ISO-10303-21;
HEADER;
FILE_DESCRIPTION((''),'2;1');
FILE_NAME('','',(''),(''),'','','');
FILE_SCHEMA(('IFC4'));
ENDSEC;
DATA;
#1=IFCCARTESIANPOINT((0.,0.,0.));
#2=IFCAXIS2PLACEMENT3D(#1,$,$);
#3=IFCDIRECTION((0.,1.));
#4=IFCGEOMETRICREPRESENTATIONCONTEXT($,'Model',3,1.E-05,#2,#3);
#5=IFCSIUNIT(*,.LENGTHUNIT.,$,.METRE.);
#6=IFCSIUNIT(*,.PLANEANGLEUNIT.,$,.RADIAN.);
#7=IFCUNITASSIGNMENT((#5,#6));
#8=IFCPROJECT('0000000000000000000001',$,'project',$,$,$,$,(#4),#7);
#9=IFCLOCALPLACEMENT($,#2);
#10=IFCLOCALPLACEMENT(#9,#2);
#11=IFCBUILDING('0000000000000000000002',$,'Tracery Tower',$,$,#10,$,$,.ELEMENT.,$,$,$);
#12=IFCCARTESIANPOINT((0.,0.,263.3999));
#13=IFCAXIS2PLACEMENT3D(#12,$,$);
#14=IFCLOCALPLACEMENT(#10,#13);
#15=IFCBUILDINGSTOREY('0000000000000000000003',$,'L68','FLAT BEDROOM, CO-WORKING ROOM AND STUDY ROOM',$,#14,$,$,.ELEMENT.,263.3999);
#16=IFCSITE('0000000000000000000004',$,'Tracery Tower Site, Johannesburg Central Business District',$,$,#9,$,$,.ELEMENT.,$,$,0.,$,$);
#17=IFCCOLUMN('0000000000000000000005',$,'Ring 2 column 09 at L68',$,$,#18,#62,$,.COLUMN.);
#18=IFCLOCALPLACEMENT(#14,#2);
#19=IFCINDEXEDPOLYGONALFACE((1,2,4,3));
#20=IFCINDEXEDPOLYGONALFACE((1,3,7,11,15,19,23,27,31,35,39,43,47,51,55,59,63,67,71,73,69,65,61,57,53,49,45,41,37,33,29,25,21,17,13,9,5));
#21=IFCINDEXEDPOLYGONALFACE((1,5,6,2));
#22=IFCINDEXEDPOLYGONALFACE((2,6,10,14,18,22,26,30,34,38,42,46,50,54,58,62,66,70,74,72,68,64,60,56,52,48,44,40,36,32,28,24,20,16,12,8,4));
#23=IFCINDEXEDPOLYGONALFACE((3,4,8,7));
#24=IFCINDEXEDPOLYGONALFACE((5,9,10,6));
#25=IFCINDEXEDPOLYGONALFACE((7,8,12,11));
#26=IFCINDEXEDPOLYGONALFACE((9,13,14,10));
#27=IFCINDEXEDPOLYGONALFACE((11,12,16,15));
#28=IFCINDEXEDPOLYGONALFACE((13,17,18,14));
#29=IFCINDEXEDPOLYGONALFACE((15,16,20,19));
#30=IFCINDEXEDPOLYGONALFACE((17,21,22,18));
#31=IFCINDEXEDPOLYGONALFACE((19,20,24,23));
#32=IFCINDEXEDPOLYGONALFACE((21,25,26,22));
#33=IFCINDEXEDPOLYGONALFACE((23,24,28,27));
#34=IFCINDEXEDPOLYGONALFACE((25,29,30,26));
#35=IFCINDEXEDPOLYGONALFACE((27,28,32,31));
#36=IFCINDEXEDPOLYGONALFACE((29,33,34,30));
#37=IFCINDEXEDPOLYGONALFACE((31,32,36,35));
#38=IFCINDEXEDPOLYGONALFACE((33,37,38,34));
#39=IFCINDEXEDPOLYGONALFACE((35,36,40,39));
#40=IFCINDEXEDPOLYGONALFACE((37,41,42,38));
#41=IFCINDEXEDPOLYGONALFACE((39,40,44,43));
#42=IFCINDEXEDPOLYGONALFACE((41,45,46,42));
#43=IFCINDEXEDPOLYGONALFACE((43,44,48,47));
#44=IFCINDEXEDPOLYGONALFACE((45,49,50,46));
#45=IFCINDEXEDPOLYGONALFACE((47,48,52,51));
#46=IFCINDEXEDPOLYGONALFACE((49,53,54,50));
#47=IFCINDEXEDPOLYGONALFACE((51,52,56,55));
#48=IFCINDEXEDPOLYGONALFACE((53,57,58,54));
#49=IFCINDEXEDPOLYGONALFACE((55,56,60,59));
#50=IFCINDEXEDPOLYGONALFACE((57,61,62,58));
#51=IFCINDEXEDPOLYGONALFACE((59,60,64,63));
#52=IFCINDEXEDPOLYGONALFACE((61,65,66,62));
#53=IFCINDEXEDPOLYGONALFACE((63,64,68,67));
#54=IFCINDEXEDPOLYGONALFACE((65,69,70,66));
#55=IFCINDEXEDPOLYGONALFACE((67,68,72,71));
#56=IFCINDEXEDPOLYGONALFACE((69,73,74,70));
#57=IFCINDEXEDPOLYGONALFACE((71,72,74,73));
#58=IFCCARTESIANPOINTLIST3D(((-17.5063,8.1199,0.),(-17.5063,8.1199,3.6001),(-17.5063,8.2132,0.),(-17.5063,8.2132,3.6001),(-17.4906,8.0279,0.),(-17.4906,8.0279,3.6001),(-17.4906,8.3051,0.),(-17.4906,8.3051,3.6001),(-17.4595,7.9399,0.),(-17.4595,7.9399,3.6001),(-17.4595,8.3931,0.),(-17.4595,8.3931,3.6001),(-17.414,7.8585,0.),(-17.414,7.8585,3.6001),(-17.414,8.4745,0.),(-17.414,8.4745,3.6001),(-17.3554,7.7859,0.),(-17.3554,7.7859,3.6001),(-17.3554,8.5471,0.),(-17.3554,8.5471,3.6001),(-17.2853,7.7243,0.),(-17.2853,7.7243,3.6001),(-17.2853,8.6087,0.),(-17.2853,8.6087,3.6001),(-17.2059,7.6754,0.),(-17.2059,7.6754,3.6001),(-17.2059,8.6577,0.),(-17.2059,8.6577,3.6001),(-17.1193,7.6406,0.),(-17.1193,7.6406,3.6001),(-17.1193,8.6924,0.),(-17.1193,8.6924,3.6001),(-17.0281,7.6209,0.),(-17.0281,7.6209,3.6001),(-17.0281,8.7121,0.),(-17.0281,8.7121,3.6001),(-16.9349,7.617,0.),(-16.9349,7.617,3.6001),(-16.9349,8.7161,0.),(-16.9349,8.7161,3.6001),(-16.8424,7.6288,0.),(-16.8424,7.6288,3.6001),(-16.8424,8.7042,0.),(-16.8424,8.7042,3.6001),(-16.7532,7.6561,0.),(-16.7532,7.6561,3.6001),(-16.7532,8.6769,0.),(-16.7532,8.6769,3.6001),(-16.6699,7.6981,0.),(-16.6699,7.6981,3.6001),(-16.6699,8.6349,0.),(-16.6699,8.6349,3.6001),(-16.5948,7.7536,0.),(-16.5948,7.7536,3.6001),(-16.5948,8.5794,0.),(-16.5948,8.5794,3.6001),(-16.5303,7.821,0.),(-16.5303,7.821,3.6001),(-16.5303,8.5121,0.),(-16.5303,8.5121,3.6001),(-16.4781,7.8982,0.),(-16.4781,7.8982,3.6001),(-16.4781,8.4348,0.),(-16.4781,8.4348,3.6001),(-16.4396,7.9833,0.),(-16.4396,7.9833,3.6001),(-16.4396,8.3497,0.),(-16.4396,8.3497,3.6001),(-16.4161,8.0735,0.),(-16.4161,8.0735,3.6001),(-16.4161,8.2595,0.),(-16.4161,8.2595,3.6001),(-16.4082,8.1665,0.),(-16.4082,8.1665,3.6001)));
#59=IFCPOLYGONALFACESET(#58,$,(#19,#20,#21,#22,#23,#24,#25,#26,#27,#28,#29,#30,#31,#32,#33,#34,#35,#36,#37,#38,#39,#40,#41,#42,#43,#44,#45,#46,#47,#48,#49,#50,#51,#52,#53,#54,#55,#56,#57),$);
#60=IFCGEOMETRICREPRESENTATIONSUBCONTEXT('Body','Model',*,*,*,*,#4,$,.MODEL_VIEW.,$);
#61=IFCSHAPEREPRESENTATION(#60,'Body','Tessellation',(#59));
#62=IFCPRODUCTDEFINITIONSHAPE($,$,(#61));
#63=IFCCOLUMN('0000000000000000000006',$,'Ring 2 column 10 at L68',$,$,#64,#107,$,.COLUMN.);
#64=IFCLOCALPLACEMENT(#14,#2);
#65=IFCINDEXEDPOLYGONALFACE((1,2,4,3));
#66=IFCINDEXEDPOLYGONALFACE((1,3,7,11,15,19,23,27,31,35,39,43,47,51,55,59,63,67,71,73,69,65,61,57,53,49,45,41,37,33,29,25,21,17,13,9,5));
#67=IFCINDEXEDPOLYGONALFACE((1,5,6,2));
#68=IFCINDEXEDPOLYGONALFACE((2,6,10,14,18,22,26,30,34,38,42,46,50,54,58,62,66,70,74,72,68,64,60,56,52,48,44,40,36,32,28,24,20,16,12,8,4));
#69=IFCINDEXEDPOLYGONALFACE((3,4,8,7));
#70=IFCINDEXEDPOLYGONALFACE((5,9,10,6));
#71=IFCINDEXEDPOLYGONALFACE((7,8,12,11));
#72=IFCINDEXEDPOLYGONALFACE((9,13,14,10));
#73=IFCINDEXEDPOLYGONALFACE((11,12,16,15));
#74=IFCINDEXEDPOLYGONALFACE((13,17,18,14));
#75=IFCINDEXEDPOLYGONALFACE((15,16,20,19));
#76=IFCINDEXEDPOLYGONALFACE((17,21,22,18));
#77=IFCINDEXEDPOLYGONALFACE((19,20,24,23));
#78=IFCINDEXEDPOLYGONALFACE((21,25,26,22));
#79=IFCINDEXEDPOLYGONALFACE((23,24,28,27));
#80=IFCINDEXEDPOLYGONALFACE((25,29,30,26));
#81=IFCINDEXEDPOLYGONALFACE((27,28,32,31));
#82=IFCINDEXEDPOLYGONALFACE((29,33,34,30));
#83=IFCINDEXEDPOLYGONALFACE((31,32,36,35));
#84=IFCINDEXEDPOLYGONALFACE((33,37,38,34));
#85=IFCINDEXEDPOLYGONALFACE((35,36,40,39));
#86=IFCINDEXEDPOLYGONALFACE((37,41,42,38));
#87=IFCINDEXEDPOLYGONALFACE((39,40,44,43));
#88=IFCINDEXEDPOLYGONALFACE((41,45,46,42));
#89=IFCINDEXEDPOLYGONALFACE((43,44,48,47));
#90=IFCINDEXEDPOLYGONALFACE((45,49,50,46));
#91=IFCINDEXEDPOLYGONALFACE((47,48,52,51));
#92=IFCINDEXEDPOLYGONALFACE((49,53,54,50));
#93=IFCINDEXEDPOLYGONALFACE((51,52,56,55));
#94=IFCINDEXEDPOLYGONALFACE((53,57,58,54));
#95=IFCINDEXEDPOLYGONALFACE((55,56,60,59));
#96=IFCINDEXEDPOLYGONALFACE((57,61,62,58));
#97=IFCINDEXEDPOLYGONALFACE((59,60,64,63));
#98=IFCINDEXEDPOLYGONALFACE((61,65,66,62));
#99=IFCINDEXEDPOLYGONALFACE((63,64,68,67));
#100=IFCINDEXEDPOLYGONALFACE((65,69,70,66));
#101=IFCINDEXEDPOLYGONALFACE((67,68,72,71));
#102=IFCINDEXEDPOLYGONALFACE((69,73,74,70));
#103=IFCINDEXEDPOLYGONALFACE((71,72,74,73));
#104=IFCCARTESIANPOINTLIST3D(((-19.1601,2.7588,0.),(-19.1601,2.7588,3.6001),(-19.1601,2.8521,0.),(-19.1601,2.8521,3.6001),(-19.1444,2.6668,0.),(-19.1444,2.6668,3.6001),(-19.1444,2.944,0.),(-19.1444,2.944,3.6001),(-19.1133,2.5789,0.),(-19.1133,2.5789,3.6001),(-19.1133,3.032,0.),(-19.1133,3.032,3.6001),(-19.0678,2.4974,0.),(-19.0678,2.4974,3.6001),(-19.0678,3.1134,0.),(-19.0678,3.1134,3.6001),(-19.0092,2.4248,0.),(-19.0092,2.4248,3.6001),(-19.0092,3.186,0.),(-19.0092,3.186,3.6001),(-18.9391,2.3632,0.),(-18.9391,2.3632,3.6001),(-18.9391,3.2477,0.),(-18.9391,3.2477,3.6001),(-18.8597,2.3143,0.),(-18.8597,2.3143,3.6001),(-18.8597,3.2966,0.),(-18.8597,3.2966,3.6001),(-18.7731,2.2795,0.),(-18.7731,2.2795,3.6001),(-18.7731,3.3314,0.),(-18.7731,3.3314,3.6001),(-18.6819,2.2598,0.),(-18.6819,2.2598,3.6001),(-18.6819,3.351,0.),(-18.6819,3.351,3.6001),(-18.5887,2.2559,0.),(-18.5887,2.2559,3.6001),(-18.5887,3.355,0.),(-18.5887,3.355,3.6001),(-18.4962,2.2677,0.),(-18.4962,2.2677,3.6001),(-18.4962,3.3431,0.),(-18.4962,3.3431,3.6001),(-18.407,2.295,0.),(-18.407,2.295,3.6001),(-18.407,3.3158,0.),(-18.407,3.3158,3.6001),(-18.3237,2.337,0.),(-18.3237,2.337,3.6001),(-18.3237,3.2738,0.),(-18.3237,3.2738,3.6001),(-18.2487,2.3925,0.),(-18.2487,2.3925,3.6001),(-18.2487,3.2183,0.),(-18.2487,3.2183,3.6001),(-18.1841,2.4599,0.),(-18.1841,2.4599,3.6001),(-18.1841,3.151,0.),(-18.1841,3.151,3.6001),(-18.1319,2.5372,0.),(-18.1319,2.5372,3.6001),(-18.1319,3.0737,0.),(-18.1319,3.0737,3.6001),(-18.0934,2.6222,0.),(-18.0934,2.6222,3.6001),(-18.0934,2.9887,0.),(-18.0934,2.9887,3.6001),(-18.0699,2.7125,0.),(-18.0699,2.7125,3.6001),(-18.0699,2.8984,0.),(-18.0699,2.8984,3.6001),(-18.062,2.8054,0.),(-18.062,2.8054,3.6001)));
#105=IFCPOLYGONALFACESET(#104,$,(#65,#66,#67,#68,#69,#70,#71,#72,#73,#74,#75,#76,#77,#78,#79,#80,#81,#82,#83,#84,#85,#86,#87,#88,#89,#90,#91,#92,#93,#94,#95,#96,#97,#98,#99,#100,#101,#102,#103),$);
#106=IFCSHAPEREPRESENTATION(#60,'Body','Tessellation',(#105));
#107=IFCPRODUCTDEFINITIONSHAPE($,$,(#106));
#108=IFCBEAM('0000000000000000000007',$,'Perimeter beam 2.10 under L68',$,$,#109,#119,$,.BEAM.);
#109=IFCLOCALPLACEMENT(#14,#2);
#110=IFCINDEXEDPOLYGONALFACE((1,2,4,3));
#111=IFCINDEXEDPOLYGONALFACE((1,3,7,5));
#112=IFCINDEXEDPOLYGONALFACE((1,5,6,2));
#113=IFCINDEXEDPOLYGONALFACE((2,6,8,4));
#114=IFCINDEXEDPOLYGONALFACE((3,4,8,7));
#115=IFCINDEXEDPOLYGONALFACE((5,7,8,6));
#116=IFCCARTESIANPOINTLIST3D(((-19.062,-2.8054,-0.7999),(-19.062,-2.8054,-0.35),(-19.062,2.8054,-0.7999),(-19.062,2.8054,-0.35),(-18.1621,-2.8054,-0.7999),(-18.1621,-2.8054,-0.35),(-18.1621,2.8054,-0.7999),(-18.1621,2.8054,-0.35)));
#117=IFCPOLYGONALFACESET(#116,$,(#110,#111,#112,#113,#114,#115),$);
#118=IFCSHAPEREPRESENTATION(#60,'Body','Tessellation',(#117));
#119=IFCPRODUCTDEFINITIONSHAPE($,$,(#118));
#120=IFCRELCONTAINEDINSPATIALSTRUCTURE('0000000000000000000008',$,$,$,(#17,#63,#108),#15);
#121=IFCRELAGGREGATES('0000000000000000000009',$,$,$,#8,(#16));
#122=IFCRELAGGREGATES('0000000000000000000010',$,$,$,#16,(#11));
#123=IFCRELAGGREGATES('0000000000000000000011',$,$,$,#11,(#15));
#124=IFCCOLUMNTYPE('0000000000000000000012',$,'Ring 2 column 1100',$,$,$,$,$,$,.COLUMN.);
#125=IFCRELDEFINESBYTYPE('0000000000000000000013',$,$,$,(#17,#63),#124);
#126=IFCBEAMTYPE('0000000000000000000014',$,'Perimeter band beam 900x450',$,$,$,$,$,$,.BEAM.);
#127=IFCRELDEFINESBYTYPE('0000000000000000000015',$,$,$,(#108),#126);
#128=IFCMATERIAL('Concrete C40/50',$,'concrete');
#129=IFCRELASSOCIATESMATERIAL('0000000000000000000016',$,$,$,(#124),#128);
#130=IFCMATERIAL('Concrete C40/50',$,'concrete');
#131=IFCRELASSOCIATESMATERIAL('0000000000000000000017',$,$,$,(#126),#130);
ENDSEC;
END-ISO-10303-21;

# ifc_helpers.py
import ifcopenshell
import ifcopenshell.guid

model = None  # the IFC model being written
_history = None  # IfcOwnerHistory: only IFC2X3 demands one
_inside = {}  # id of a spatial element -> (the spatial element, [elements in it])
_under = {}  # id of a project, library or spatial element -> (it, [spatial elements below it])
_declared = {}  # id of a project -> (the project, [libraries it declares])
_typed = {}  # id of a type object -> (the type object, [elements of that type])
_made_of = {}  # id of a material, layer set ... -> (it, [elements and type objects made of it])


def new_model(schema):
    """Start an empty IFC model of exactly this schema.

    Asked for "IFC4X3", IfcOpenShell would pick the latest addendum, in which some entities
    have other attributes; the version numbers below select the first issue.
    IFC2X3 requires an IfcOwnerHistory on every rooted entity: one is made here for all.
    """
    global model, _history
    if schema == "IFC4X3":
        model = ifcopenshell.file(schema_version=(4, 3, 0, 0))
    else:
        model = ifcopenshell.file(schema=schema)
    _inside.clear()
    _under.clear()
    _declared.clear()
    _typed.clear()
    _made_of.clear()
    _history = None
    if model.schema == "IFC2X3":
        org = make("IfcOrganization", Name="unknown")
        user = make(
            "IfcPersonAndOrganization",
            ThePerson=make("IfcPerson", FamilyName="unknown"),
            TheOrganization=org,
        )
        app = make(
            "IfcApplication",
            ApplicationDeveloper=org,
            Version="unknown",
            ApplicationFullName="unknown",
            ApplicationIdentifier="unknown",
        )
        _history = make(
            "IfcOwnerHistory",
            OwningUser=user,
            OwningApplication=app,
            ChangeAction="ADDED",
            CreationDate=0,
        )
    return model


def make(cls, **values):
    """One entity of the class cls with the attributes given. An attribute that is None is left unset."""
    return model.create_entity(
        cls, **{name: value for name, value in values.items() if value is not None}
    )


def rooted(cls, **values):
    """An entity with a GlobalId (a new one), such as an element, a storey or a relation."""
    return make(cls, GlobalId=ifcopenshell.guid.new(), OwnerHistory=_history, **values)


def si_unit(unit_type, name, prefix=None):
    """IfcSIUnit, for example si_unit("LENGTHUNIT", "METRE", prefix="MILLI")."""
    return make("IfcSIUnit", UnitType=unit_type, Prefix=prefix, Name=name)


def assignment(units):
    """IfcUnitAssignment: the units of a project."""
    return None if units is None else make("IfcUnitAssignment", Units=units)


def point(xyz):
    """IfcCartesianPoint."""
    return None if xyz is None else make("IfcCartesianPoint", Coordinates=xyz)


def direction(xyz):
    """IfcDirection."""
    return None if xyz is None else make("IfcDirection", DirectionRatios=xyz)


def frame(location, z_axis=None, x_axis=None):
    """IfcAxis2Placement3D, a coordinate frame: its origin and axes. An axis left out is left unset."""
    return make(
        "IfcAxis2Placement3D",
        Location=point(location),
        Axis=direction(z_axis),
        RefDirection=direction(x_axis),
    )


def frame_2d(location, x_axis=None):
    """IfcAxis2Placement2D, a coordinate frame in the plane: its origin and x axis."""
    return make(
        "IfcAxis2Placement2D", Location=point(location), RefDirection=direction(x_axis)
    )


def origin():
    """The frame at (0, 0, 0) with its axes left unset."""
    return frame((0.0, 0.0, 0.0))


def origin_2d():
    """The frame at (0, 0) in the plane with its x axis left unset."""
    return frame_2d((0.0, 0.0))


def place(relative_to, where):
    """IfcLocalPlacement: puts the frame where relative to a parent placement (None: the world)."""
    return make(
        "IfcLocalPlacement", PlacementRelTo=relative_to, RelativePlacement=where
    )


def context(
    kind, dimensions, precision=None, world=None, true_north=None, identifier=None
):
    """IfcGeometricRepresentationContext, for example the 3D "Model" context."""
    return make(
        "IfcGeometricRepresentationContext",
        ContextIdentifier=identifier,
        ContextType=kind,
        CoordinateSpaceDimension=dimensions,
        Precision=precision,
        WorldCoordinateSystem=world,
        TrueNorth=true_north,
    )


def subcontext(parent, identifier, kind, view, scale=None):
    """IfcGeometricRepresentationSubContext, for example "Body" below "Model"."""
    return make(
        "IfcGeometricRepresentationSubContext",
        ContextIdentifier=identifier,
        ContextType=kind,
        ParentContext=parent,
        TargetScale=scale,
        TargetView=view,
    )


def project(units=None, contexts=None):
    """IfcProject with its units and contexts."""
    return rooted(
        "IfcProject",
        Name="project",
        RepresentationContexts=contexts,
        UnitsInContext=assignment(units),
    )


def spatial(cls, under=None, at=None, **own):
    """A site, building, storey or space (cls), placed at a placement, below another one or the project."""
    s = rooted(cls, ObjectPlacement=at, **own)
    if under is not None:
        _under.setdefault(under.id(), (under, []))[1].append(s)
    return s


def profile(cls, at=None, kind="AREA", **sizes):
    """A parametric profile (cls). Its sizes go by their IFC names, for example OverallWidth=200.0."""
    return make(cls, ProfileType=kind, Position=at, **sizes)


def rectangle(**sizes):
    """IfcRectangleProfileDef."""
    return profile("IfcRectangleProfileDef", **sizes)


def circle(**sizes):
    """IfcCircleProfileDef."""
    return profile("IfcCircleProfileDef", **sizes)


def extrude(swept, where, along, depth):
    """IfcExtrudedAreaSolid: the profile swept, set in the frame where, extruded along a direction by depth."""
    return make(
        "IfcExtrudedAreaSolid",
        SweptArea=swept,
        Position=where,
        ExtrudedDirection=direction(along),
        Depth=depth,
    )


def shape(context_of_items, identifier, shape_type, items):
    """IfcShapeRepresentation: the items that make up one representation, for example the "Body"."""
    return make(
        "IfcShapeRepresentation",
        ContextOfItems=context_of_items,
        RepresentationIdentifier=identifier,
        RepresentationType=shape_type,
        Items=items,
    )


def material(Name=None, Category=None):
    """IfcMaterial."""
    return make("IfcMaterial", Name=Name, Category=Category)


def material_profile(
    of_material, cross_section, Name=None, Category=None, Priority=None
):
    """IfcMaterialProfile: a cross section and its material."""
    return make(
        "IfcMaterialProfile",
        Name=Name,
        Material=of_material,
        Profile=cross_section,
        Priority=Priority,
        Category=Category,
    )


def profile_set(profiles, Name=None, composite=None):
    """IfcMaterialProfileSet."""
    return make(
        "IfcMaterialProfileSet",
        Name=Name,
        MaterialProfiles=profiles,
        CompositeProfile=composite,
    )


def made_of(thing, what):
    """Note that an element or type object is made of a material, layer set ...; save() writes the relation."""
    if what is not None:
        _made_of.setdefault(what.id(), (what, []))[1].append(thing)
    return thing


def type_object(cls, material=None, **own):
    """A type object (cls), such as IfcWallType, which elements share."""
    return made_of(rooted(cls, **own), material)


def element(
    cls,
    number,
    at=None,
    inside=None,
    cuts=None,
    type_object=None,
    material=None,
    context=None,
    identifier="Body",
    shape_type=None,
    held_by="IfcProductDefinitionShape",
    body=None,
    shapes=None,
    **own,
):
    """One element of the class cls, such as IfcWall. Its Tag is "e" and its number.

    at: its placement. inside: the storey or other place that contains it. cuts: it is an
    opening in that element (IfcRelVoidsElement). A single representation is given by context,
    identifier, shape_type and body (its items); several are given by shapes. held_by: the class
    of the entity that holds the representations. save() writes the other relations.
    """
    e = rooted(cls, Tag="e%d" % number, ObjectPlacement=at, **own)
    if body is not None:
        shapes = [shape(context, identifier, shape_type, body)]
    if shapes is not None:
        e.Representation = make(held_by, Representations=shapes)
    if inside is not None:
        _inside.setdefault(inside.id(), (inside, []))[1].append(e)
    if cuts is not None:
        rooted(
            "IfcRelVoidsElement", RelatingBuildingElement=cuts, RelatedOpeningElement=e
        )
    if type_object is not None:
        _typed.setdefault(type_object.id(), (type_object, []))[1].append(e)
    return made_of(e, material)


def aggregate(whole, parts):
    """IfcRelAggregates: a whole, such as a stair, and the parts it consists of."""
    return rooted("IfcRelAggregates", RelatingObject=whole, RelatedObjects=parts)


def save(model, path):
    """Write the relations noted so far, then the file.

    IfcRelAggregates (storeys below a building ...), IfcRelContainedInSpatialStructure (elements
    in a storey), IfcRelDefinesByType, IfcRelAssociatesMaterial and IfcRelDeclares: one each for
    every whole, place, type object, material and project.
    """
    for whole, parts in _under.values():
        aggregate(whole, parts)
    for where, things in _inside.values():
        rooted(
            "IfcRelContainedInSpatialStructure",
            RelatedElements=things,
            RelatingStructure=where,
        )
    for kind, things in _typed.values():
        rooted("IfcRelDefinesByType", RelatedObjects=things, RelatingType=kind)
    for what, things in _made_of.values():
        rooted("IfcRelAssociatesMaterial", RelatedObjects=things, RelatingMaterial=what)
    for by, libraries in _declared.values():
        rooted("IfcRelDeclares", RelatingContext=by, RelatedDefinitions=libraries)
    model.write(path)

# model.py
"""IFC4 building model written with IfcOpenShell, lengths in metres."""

from ifc_helpers import new_model, si_unit, direction, frame, origin, origin_2d, place, context, subcontext, project, spatial, rectangle, circle, extrude, material, material_profile, profile_set, type_object, element, save


model = new_model("IFC4")

# Units and contexts
model_context = context("Model", 3, precision=1e-05, world=origin(), true_north=direction((0.0, 1.0)))
body_context = subcontext(model_context, "Body", "Model", "MODEL_VIEW")
ifc_project = project(units=[si_unit("LENGTHUNIT", "METRE"), si_unit("PLANEANGLEUNIT", "RADIAN")], contexts=[model_context])

# Site, building, storey
site_placement = place(None, origin())
site = spatial("IfcSite", under=ifc_project, at=site_placement, Name="Tracery Tower Site, Johannesburg Central Business District", CompositionType="ELEMENT", RefElevation=0.0)
building_placement = place(site_placement, origin())
building = spatial("IfcBuilding", under=site, at=building_placement, Name="Tracery Tower", CompositionType="ELEMENT")
storey_placement = place(building_placement, frame((0.0, 0.0, 263.3999)))
storey = spatial("IfcBuildingStorey", under=building, at=storey_placement, Name="L68", Description="FLAT BEDROOM, CO-WORKING ROOM AND STUDY ROOM", CompositionType="ELEMENT", Elevation=263.3999)

# Columns
ifc_material_1 = material(Name="Concrete C40/50", Category="concrete")
ifc_material_profile_1 = material_profile(ifc_material_1, circle(Radius=0.55, at=origin_2d()), Name="RC D1100")
ifc_profile_set_1 = profile_set([ifc_material_profile_1], Name="Concrete C40/50")
column_type = type_object("IfcColumnType", Name="Ring 2 column 1100", PredefinedType="COLUMN", material=ifc_profile_set_1)
for number, where, z_axis, x_axis, name in (
    (1, (-16.9583, 8.1665, 0.0), (0.0, 0.0, 1.0), (1.0, 0.0, 0.0), "Ring 2 column 09 at L68"),
    (2, (-18.6121, 2.8054, 0.0), (0.0, 0.0, 1.0), (1.0, 0.0, 0.0), "Ring 2 column 10 at L68"),
):
    element("IfcColumn", number, at=place(storey_placement, frame(where, z_axis=z_axis, x_axis=x_axis)), inside=storey, type_object=column_type, Name=name, PredefinedType="COLUMN", context=body_context, shape_type="SweptSolid", body=[
        extrude(circle(Radius=0.55, at=origin_2d()), origin(), (0.0, 0.0, 1.0), 3.6001),
    ])

# Beam
ifc_material_2 = material(Name="Concrete C40/50", Category="concrete")
ifc_material_profile_2 = material_profile(ifc_material_2, rectangle(XDim=0.8999, YDim=0.45, at=origin_2d()), Name="RC 900x450")
ifc_profile_set_2 = profile_set([ifc_material_profile_2], Name="Concrete C40/50")
beam_type = type_object("IfcBeamType", Name="Perimeter band beam 900x450", PredefinedType="BEAM", material=ifc_profile_set_2)
beam_placement = place(storey_placement, frame((-18.6121, 2.8054, -0.575), z_axis=(0.0, -1.0, 0.0), x_axis=(1.0, 0.0, 0.0)))
element("IfcBeam", 3, at=beam_placement, inside=storey, type_object=beam_type, Name="Perimeter beam 2.10 under L68", PredefinedType="BEAM", context=body_context, shape_type="SweptSolid", body=[
    extrude(rectangle(XDim=0.8999, YDim=0.45, at=origin_2d()), origin(), (0.0, 0.0, 1.0), 5.6108),
])

save(model, "model.ifc")
